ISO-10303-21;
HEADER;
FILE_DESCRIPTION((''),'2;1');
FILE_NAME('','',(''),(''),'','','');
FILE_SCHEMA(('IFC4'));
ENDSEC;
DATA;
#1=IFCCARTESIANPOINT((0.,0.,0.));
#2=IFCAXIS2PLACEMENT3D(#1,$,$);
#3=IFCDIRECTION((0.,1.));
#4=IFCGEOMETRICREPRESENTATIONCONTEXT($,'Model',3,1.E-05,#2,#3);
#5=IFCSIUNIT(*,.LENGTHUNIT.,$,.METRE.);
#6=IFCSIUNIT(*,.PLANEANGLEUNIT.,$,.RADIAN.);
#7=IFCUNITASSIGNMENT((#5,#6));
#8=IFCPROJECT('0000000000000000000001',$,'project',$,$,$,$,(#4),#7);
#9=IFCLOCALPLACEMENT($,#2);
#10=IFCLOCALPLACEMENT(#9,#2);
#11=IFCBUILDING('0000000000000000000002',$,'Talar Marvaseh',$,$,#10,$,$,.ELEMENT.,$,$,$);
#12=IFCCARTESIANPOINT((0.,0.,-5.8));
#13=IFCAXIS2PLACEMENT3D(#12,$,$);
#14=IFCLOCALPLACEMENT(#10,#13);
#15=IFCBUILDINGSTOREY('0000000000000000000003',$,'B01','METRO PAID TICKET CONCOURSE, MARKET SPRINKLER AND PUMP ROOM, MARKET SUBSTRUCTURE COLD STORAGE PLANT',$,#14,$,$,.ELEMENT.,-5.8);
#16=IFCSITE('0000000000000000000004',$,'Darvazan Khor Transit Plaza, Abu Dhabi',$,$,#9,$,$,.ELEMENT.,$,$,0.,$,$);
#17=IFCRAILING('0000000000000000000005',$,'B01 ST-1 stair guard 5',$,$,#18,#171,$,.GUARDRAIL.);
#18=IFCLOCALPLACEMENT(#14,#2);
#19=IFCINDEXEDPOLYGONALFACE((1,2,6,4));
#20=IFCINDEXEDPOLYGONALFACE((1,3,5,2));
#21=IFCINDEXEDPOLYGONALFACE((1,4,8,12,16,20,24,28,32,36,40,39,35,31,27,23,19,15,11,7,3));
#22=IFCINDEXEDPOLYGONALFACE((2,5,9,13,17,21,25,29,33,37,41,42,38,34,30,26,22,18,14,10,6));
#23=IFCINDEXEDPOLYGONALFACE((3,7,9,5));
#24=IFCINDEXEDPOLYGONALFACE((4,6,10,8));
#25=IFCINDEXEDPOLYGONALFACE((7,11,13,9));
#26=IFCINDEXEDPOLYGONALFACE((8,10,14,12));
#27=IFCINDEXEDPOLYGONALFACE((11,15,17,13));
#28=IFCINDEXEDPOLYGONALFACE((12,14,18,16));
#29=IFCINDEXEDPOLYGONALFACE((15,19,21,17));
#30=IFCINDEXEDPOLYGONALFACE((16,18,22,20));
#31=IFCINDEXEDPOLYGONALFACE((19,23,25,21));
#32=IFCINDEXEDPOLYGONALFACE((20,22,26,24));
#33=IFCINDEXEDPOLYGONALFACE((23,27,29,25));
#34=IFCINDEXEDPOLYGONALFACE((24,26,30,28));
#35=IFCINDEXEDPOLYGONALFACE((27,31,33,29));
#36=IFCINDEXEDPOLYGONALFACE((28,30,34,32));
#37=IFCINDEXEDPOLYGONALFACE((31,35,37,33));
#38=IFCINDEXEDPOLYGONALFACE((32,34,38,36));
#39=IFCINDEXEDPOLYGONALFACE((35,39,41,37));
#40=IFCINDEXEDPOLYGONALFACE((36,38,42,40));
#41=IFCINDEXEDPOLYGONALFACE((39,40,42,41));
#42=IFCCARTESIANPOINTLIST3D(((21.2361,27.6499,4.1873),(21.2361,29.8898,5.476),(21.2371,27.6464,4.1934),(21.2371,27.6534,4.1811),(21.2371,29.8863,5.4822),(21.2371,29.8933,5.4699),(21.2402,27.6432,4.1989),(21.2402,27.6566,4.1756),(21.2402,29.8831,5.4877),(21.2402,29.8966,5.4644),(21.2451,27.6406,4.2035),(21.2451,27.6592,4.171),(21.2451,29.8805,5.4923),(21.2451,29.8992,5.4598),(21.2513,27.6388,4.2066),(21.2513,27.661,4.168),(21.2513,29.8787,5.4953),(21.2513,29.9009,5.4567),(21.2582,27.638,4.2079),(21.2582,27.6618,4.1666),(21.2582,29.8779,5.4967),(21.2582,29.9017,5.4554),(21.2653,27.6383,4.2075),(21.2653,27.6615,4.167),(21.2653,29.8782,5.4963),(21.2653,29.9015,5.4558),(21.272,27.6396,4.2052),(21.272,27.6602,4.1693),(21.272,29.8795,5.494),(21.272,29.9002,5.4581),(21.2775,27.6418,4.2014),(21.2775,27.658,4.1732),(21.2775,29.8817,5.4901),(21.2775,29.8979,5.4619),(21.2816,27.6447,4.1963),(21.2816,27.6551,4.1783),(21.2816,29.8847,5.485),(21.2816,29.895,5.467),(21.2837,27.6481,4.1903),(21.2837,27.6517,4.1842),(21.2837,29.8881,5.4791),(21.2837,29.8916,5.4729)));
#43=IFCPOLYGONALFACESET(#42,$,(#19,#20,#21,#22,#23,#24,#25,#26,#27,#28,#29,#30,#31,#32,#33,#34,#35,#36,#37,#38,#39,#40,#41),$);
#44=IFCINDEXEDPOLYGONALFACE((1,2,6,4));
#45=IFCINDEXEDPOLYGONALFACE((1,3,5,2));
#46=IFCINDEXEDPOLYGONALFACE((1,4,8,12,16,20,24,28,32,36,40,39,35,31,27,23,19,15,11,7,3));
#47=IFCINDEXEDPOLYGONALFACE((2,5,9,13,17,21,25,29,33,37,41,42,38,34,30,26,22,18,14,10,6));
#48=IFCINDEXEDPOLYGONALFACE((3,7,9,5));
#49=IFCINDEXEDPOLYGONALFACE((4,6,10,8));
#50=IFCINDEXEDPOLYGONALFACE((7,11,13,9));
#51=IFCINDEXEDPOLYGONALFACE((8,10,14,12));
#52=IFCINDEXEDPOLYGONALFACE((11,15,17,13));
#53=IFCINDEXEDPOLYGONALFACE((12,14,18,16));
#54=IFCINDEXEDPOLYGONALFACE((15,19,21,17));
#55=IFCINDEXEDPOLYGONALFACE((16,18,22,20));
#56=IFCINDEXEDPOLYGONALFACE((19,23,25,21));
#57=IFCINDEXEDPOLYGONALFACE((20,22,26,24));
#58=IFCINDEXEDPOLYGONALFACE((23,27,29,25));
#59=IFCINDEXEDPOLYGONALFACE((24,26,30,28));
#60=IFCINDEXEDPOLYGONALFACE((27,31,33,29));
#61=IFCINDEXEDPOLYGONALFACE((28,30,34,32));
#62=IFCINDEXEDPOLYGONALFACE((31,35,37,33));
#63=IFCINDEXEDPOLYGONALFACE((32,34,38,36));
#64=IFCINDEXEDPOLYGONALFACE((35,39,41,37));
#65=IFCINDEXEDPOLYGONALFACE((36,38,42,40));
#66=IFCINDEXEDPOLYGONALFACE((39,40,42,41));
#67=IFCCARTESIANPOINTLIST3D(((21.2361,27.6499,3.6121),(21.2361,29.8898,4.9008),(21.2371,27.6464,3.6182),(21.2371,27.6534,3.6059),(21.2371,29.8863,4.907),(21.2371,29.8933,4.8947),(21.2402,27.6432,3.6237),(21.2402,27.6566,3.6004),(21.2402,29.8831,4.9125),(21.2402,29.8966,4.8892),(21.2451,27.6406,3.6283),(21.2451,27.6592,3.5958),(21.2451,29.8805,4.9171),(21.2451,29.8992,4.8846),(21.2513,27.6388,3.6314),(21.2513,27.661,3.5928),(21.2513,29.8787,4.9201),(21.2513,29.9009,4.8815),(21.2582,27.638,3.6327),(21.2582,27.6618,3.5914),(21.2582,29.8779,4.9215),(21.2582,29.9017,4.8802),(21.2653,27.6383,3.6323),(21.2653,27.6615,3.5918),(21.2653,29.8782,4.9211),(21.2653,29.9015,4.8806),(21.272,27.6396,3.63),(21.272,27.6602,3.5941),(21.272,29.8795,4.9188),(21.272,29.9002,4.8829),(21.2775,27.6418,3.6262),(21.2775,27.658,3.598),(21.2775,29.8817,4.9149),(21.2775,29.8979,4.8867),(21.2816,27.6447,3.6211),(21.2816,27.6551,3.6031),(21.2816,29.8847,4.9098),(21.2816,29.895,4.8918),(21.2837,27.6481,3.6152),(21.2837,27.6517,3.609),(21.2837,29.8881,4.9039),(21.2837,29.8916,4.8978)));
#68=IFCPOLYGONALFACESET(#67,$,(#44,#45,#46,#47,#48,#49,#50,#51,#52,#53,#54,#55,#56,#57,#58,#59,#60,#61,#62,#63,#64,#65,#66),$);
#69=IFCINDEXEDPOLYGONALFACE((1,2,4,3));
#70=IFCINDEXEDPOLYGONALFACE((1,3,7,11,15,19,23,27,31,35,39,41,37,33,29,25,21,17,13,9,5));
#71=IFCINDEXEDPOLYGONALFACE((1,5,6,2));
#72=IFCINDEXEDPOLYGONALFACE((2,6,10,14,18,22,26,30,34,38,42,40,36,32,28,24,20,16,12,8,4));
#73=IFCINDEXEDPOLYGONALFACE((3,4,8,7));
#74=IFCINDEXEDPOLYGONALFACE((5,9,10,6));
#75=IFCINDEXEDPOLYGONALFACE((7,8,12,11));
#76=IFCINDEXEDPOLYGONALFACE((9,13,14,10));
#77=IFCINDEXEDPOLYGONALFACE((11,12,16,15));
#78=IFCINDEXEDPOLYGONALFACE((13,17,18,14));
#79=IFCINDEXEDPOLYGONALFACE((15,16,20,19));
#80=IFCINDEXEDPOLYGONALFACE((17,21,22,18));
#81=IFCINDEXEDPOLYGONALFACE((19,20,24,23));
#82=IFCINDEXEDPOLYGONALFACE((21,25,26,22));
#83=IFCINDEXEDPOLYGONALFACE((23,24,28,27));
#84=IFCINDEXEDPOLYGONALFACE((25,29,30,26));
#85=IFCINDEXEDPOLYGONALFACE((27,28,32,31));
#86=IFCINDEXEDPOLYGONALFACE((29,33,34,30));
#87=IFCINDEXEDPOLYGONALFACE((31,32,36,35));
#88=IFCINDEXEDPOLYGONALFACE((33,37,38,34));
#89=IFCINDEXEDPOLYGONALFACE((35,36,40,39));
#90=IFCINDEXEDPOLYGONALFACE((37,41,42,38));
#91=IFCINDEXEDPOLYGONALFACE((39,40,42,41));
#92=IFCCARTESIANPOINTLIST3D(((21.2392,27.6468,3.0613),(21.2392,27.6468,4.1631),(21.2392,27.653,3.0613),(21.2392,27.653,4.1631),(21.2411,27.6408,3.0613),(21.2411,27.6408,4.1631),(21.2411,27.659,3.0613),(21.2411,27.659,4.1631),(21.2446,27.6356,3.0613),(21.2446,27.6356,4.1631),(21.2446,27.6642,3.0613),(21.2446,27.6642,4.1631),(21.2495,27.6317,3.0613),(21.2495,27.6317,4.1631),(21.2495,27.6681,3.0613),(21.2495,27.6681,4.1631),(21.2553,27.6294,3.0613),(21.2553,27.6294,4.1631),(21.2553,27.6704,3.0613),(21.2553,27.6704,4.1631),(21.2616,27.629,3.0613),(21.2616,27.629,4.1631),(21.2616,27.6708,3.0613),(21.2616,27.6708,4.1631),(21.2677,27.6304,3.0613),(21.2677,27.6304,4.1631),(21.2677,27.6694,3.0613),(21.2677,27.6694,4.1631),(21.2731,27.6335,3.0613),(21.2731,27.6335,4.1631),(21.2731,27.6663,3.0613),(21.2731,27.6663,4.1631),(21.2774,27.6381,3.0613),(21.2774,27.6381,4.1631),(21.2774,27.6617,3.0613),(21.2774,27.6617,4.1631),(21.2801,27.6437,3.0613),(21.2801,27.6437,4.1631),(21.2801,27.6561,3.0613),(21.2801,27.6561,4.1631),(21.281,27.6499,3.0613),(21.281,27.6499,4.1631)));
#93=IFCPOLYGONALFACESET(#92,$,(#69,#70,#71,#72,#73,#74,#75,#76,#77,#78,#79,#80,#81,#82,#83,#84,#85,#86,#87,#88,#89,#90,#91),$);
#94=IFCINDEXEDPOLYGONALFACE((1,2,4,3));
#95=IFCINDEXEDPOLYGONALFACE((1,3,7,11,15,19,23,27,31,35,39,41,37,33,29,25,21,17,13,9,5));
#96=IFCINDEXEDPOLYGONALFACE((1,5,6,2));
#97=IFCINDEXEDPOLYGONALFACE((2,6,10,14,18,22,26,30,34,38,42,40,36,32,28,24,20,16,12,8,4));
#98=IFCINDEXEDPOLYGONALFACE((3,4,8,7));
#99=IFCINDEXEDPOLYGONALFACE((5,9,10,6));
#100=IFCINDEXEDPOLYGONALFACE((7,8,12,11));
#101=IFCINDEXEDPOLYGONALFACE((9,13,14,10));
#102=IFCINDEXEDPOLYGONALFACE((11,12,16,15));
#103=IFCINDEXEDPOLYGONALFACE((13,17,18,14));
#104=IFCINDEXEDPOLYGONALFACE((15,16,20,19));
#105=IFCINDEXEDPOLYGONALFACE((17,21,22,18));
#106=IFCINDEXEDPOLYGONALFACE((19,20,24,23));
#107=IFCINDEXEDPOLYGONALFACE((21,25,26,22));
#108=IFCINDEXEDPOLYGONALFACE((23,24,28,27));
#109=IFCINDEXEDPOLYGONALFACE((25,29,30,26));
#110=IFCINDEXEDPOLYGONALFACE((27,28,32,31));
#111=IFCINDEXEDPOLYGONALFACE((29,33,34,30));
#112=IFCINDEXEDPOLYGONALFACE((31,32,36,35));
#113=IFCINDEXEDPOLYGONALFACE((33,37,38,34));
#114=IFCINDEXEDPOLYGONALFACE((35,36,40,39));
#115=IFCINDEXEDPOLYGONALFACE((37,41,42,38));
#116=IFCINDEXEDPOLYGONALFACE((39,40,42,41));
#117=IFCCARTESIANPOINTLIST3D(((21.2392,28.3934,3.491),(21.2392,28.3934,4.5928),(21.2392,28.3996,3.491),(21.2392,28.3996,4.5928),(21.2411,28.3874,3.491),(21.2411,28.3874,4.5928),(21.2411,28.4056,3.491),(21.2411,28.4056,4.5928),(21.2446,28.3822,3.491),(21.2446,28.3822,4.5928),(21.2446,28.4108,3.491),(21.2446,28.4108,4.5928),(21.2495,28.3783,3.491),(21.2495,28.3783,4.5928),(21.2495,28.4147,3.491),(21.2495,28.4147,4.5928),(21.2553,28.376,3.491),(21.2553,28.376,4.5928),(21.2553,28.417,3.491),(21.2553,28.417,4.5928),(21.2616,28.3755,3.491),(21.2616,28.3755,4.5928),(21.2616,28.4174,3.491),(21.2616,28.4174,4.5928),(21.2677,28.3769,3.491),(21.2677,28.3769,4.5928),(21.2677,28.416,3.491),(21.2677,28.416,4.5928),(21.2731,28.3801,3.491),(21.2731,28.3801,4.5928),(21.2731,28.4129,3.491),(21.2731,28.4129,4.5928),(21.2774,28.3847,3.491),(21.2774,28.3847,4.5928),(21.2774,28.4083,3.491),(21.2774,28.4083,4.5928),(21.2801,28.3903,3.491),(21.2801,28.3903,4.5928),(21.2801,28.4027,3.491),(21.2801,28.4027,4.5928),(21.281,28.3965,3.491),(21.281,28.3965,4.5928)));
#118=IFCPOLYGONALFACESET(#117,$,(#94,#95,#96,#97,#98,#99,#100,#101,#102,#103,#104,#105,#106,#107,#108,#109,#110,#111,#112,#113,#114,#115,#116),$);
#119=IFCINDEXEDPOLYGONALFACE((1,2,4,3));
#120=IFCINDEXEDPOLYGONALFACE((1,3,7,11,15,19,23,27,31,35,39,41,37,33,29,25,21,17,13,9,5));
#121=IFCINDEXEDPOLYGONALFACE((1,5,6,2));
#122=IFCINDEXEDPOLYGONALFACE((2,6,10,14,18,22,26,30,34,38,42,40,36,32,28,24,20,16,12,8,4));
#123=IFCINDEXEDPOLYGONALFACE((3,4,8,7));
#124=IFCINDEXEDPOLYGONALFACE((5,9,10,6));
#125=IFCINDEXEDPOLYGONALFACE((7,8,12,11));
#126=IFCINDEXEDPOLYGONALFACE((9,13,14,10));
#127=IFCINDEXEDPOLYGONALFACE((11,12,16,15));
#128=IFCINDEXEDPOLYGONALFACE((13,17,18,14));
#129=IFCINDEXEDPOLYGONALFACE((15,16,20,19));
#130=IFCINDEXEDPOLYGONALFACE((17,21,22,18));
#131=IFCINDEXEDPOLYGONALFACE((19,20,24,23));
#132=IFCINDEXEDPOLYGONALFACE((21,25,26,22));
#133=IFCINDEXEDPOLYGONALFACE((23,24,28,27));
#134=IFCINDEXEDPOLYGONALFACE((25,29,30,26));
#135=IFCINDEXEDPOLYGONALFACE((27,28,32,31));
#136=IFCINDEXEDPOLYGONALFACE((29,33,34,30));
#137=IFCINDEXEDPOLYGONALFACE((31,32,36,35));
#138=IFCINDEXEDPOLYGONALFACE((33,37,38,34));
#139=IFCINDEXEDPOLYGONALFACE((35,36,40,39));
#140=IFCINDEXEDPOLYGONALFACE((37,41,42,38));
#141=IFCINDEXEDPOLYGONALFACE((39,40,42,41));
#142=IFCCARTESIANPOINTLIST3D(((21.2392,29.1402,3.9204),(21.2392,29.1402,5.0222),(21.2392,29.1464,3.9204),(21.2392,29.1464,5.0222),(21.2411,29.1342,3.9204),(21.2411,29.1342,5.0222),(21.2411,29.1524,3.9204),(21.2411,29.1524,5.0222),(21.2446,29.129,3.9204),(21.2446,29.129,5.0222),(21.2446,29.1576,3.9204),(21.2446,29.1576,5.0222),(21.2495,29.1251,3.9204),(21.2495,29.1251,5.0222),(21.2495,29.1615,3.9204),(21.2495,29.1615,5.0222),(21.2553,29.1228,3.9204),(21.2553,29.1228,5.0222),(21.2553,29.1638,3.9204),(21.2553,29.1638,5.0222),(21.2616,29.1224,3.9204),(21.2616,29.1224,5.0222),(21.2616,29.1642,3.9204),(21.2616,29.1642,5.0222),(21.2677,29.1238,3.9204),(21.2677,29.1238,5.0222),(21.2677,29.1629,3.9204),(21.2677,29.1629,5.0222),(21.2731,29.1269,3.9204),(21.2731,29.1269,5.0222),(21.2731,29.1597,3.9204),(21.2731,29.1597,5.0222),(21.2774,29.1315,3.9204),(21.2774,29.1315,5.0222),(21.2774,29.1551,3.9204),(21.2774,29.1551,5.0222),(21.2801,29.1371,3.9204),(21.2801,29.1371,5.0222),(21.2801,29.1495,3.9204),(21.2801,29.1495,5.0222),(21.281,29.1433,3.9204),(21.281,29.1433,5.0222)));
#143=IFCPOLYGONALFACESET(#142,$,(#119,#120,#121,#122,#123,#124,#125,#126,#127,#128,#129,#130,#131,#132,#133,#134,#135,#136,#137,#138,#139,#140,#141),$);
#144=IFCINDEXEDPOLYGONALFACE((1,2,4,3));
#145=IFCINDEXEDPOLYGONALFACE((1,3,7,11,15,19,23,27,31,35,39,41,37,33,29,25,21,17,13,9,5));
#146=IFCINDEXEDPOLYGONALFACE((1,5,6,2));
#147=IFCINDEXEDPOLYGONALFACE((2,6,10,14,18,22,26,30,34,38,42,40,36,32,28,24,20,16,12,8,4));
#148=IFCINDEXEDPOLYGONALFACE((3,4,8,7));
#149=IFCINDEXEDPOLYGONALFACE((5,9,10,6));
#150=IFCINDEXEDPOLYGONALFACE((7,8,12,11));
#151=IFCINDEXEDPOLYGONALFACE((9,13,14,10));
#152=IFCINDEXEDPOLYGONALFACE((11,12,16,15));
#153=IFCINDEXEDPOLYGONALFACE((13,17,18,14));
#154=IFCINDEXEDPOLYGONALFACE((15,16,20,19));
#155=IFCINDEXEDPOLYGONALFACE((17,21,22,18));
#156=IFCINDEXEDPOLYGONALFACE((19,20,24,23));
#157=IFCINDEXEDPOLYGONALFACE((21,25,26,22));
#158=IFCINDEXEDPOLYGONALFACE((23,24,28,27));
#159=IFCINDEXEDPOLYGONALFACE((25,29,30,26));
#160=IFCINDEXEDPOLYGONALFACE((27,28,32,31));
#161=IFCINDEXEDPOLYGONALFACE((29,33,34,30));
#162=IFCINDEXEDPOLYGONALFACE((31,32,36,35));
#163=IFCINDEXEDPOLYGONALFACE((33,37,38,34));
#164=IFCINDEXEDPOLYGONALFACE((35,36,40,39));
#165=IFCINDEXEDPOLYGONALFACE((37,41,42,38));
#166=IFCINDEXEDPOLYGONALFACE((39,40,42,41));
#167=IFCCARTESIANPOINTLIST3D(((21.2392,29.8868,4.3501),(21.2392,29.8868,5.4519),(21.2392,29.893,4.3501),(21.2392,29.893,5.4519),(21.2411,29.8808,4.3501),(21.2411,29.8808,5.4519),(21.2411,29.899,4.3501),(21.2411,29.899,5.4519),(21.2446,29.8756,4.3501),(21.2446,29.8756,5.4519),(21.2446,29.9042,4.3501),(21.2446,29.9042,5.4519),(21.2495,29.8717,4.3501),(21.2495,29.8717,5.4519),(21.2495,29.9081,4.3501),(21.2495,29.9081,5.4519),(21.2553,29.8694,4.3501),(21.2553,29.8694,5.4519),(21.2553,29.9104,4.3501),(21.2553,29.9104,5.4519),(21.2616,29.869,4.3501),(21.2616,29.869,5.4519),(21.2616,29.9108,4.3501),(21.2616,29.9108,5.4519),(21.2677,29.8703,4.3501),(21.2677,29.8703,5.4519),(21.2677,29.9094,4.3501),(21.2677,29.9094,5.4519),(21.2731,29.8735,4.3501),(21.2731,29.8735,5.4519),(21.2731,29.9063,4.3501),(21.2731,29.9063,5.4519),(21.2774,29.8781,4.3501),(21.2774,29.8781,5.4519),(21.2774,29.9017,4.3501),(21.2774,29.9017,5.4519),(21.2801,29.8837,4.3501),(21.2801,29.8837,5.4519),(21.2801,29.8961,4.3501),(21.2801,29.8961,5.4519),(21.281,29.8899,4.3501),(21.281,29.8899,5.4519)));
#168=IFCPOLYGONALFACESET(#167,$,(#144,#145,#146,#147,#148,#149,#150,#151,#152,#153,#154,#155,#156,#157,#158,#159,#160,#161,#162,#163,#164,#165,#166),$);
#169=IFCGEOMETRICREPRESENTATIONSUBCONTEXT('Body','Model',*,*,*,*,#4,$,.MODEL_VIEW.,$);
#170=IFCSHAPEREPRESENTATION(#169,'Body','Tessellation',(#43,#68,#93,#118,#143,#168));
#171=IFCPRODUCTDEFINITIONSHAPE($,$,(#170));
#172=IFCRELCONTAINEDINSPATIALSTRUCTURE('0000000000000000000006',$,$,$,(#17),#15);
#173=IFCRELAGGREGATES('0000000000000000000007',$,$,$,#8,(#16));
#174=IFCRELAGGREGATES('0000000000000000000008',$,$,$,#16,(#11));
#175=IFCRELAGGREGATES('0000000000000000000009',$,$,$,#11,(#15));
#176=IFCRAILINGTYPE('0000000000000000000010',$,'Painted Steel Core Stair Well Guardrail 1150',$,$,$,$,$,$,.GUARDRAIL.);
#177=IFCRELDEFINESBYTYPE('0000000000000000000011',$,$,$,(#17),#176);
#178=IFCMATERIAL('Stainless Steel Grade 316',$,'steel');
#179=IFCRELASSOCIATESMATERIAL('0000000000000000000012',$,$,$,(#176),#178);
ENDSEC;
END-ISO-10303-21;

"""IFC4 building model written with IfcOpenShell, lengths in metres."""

from ifc_helpers import new_model, si_unit, direction, frame, origin, origin_2d, place, context, subcontext, project, spatial, circle, extrude, material, type_object, element, save


model = new_model("IFC4")

# Units and contexts
model_context = context("Model", 3, precision=1e-05, world=origin(), true_north=direction((0.0, 1.0)))
body_context = subcontext(model_context, "Body", "Model", "MODEL_VIEW")
ifc_project = project(units=[si_unit("LENGTHUNIT", "METRE"), si_unit("PLANEANGLEUNIT", "RADIAN")], contexts=[model_context])

# Site, building, storey
site_placement = place(None, origin())
site = spatial("IfcSite", under=ifc_project, at=site_placement, Name="Darvazan Khor Transit Plaza, Abu Dhabi", CompositionType="ELEMENT", RefElevation=0.0)
building_placement = place(site_placement, origin())
building = spatial("IfcBuilding", under=site, at=building_placement, Name="Talar Marvaseh", CompositionType="ELEMENT")
storey_placement = place(building_placement, frame((0.0, 0.0, -5.8)))
storey = spatial("IfcBuildingStorey", under=building, at=storey_placement, Name="B01", Description="METRO PAID TICKET CONCOURSE, MARKET SPRINKLER AND PUMP ROOM, MARKET SUBSTRUCTURE COLD STORAGE PLANT", CompositionType="ELEMENT", Elevation=-5.8)

# Railing
ifc_material_1 = material(Name="Stainless Steel Grade 316", Category="steel")
railing_type_1 = type_object("IfcRailingType", Name="Painted Steel Core Stair Well Guardrail 1150", PredefinedType="GUARDRAIL", material=ifc_material_1)
railing_1_placement = place(storey_placement, frame((21.26, 27.6499, 3.0613)))
element("IfcRailing", 1, at=railing_1_placement, inside=storey, type_object=railing_type_1, Name="B01 ST-1 stair guard 5", PredefinedType="GUARDRAIL", context=body_context, shape_type="SweptSolid", body=[
    extrude(circle(Radius=0.0239, at=origin_2d()), frame((0.0, 0.0, 1.126), z_axis=(0.0, 0.866768, 0.498711), x_axis=(-1.0, 0.0, 0.0)), (0.0, 0.0, 1.0), 2.5842),
    extrude(circle(Radius=0.0239, at=origin_2d()), frame((0.0, 0.0, 0.5508), z_axis=(0.0, 0.866768, 0.498711), x_axis=(-1.0, 0.0, 0.0)), (0.0, 0.0, 1.0), 2.5842),
    extrude(circle(Radius=0.021, at=origin_2d()), origin(), (0.0, 0.0, 1.0), 1.1018),
    extrude(circle(Radius=0.021, at=origin_2d()), frame((0.0, 0.7466, 0.4297)), (0.0, 0.0, 1.0), 1.1018),
    extrude(circle(Radius=0.021, at=origin_2d()), frame((0.0, 1.4934, 0.8591)), (0.0, 0.0, 1.0), 1.1018),
    extrude(circle(Radius=0.021, at=origin_2d()), frame((0.0, 2.24, 1.2888)), (0.0, 0.0, 1.0), 1.1018),
])

save(model, "model.ifc")
